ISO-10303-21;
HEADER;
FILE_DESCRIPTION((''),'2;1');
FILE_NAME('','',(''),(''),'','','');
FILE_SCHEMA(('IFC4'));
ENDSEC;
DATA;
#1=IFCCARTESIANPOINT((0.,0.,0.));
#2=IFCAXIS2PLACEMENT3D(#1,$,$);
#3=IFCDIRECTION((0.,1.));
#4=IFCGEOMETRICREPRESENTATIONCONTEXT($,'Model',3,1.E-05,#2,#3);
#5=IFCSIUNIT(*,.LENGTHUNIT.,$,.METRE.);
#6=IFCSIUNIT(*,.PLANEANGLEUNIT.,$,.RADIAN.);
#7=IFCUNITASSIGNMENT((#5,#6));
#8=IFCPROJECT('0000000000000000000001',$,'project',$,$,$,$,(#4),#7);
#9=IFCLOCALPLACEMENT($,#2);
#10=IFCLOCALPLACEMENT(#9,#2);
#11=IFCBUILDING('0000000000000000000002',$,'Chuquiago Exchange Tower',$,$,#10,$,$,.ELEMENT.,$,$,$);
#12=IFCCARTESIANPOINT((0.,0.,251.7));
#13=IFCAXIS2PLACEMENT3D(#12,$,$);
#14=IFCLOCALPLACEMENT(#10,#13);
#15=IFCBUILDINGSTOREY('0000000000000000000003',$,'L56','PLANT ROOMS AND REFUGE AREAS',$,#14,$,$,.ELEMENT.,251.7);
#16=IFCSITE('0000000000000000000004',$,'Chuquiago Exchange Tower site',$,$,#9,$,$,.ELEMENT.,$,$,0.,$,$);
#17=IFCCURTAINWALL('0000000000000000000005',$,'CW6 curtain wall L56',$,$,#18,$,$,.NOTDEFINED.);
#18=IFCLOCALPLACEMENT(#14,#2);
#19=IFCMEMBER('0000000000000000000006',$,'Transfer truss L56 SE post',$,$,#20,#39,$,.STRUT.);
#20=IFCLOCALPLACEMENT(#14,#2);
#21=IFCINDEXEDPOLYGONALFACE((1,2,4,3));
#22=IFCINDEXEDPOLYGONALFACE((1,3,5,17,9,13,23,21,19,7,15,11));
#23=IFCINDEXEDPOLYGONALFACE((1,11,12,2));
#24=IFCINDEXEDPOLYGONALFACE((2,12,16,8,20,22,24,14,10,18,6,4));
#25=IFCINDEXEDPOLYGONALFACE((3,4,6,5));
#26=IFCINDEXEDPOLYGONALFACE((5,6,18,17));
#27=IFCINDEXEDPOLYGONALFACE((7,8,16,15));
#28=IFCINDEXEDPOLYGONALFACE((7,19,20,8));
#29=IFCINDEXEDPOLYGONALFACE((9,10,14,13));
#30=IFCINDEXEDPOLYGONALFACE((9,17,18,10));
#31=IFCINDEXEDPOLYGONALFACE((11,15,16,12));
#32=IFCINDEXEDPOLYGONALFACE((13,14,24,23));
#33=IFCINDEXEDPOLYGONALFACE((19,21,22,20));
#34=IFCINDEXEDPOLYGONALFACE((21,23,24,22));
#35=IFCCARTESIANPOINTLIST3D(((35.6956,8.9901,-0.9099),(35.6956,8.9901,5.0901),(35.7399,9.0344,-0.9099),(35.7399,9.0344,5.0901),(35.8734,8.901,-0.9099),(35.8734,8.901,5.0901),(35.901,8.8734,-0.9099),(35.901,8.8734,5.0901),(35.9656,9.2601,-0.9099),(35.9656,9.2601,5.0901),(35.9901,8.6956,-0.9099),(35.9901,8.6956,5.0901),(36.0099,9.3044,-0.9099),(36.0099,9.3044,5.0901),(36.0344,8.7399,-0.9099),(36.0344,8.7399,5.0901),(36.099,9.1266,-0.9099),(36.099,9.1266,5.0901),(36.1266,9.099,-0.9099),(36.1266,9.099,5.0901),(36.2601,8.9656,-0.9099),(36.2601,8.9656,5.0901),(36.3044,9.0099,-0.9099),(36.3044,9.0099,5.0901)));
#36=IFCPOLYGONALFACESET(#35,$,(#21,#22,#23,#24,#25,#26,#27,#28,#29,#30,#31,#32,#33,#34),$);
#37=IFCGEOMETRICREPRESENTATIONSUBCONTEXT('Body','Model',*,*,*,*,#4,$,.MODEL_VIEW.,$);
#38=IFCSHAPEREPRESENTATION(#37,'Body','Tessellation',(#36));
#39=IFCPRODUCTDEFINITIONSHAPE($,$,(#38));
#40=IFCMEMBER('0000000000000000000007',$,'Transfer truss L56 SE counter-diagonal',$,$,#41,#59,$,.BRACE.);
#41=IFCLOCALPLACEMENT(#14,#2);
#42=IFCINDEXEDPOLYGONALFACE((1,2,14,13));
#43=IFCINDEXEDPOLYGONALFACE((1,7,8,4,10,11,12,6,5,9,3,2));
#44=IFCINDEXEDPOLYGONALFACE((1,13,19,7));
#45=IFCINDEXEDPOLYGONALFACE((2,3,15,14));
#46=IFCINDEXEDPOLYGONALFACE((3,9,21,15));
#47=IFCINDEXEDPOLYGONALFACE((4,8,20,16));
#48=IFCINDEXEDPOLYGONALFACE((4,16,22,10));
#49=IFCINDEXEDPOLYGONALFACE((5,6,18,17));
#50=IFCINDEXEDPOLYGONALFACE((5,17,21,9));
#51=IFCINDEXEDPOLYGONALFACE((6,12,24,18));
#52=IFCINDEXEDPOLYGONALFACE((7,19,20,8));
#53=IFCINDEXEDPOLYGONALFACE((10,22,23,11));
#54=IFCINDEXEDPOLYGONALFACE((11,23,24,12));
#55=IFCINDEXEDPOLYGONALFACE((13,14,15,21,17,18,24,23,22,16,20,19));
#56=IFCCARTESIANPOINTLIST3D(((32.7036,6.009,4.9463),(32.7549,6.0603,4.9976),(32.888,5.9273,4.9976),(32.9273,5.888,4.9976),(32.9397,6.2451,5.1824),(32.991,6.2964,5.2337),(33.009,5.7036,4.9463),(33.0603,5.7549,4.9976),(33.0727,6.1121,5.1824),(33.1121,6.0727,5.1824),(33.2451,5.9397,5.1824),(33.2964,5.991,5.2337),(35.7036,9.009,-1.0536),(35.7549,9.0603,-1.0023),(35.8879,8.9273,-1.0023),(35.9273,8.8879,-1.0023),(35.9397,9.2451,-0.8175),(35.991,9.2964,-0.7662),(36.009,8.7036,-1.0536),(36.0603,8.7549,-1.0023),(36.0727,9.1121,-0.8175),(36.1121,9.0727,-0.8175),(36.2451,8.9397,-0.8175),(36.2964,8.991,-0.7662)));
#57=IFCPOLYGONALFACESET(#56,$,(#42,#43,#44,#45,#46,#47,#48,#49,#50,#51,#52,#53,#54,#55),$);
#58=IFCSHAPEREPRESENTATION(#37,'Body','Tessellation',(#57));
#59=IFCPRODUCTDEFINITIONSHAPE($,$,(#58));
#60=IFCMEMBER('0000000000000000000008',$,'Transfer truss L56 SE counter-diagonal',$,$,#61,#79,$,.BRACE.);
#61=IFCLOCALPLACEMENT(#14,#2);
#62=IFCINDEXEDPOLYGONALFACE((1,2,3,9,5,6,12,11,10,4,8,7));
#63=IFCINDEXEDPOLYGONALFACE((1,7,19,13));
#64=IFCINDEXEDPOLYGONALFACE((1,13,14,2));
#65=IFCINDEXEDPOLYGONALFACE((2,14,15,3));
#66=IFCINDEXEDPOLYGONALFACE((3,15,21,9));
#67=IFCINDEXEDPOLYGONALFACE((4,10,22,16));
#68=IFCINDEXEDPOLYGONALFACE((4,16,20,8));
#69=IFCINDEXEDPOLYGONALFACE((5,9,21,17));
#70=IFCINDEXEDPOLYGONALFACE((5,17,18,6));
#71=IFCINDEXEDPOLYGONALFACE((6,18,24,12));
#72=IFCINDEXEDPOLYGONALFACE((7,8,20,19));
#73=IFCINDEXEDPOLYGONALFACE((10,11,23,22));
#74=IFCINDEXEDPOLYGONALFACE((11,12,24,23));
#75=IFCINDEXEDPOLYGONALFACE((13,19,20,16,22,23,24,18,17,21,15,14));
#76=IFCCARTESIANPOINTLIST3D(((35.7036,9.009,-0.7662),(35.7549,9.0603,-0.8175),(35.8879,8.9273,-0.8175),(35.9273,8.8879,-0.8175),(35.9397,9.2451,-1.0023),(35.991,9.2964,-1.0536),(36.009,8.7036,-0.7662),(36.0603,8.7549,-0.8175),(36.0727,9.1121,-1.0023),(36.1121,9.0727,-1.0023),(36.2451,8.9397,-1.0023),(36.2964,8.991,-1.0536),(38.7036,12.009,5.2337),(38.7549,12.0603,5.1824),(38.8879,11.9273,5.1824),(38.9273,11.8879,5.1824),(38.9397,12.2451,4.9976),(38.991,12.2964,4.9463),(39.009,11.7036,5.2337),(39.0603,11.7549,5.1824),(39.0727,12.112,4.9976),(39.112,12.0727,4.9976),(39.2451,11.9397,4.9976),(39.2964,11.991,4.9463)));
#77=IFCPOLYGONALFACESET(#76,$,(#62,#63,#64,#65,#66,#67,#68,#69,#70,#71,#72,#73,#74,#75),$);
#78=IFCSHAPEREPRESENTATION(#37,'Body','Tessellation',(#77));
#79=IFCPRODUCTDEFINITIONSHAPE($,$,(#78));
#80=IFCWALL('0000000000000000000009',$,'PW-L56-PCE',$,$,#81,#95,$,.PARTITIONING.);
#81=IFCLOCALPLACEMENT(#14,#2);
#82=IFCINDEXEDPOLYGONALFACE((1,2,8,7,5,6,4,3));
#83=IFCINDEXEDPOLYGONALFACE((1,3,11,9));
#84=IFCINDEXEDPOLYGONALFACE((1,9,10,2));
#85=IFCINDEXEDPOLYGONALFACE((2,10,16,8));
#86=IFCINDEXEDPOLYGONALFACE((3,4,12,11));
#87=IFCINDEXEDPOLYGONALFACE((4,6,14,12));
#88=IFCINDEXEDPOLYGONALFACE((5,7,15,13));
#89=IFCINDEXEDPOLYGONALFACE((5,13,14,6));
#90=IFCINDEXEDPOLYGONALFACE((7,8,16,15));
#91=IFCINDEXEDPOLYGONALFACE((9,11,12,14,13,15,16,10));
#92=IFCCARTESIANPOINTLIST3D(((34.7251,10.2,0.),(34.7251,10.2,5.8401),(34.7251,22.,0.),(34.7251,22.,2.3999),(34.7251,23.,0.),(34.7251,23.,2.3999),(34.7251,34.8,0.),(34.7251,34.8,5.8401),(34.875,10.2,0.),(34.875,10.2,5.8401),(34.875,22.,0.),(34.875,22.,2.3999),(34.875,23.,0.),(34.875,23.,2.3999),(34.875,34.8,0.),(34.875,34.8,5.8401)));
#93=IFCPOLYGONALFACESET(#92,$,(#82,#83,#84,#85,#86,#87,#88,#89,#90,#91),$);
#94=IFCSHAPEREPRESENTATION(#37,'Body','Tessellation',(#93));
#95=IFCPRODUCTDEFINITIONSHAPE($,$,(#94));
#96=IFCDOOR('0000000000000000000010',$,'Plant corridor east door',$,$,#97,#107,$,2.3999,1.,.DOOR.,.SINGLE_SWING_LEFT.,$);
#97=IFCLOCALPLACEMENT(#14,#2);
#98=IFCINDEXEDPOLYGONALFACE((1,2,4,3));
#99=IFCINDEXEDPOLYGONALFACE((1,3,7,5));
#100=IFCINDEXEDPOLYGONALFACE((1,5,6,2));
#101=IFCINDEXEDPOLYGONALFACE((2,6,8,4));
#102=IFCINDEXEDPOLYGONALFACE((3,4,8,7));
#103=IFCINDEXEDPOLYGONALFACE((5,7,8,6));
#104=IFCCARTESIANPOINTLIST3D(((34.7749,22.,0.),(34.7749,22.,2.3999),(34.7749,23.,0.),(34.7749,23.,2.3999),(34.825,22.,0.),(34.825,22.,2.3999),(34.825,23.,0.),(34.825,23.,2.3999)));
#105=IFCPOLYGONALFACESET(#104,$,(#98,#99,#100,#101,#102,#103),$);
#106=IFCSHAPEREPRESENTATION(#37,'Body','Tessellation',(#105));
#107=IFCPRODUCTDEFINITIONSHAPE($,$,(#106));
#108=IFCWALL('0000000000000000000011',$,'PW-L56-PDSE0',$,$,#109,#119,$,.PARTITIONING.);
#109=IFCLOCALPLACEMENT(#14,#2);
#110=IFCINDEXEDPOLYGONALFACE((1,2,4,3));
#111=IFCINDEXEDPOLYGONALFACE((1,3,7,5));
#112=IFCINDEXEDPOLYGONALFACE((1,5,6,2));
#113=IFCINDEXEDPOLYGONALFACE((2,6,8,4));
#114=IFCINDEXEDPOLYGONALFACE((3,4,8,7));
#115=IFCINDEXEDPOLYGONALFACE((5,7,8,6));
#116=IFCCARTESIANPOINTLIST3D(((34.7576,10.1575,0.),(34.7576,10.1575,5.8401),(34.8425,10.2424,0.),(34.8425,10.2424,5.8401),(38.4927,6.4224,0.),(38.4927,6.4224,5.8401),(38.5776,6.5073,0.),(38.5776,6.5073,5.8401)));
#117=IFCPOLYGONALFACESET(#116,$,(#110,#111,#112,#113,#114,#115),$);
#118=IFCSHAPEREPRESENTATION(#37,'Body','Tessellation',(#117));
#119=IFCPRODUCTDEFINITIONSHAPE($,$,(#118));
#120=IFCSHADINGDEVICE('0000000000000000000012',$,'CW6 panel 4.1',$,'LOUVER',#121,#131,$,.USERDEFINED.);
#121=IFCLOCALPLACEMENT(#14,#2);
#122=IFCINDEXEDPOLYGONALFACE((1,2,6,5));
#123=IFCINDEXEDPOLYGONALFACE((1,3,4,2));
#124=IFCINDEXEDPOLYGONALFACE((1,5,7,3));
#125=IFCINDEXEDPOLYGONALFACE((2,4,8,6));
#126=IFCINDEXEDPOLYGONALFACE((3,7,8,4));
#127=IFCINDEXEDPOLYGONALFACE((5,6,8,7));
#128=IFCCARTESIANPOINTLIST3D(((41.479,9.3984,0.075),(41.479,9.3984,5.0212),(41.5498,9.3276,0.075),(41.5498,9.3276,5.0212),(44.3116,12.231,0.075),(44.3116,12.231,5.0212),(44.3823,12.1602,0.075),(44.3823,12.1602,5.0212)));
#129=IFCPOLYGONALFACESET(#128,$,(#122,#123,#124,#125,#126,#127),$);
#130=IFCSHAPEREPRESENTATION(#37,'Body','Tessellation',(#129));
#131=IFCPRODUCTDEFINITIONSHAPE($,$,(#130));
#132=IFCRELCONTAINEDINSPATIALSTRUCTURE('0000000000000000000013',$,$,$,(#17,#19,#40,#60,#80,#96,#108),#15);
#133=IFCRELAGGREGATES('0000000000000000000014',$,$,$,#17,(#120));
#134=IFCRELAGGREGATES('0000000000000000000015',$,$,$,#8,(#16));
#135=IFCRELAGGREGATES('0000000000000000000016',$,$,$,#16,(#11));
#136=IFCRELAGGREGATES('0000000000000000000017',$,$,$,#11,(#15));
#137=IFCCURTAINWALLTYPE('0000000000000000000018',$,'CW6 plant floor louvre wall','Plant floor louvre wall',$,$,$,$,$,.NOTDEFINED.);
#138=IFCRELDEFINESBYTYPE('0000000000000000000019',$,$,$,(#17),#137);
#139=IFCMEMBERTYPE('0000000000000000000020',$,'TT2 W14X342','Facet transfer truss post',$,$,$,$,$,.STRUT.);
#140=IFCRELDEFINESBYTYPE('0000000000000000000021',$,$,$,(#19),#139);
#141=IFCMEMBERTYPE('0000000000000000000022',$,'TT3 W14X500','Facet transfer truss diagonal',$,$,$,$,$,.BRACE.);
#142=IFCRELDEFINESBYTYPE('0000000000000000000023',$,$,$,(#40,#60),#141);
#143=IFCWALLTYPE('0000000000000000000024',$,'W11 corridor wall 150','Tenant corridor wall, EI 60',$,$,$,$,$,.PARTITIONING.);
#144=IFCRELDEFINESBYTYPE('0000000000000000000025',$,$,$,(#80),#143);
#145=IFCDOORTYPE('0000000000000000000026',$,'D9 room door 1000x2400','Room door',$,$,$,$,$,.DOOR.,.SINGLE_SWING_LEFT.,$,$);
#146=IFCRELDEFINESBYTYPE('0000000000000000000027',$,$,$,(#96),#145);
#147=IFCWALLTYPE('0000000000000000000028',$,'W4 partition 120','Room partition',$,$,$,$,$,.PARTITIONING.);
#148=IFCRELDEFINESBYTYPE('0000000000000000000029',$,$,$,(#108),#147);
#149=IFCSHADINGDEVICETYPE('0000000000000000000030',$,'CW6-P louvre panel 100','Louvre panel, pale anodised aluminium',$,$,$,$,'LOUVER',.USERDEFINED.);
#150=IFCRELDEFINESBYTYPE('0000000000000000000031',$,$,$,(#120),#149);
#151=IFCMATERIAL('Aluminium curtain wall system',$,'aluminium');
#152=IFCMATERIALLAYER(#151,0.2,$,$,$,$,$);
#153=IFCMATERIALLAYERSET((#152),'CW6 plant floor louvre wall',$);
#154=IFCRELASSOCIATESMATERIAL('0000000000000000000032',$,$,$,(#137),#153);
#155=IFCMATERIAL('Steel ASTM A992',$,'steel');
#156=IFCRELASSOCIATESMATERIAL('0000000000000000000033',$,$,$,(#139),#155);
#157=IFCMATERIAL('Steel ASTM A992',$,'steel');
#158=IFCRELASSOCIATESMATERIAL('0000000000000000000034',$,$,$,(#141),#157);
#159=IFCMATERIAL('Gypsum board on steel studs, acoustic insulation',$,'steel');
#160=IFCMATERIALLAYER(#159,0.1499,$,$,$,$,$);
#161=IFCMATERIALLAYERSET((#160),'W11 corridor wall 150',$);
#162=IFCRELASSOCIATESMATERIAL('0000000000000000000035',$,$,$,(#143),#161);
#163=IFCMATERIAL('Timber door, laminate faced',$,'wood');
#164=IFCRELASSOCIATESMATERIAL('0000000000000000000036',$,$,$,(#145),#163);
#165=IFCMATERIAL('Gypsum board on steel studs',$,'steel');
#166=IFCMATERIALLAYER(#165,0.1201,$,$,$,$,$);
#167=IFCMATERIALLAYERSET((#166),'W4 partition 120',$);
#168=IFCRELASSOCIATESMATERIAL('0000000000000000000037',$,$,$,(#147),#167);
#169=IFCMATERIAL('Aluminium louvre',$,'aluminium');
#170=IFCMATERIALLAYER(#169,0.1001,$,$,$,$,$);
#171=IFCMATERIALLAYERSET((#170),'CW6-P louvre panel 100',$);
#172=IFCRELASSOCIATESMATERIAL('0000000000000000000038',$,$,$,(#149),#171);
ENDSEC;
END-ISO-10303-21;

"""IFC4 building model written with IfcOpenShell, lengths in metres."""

from ifc_helpers import new_model, si_unit, direction, frame, frame_2d, origin, origin_2d, place, context, subcontext, project, spatial, rectangle, i_section, extrude, material, layer, layer_set, material_profile, profile_set, type_object, element, fill, aggregate, save


model = new_model("IFC4")

# Units and contexts
model_context = context("Model", 3, precision=1e-05, world=origin(), true_north=direction((0.0, 1.0)))
body_context = subcontext(model_context, "Body", "Model", "MODEL_VIEW")
ifc_project = project(units=[si_unit("LENGTHUNIT", "METRE"), si_unit("PLANEANGLEUNIT", "RADIAN")], contexts=[model_context])

# Site, building, storey
site_placement = place(None, origin())
site = spatial("IfcSite", under=ifc_project, at=site_placement, Name="Chuquiago Exchange Tower site", CompositionType="ELEMENT", RefElevation=0.0)
building_placement = place(site_placement, origin())
building = spatial("IfcBuilding", under=site, at=building_placement, Name="Chuquiago Exchange Tower", CompositionType="ELEMENT")
storey_placement = place(building_placement, frame((0.0, 0.0, 251.7)))
storey = spatial("IfcBuildingStorey", under=building, at=storey_placement, Name="L56", Description="PLANT ROOMS AND REFUGE AREAS", CompositionType="ELEMENT", Elevation=251.7)

# Curtain wall
ifc_material_1 = material(Name="Aluminium curtain wall system", Category="aluminium")
ifc_layer_1 = layer(ifc_material_1, 0.2)
ifc_layer_set_1 = layer_set([ifc_layer_1], Name="CW6 plant floor louvre wall")
curtain_wall_type = type_object("IfcCurtainWallType", Name="CW6 plant floor louvre wall", Description="Plant floor louvre wall", PredefinedType="NOTDEFINED", material=ifc_layer_set_1)
curtain_wall_placement = place(storey_placement, origin())
curtain_wall = element("IfcCurtainWall", 1, at=curtain_wall_placement, inside=storey, type_object=curtain_wall_type, Name="CW6 curtain wall L56", PredefinedType="NOTDEFINED")

# Members
ifc_material_2 = material(Name="Steel ASTM A992", Category="steel")
ifc_material_profile_1 = material_profile(ifc_material_2, i_section(OverallWidth=0.4165, OverallDepth=0.4446, WebThickness=0.0391, FlangeThickness=0.0627, at=origin_2d()), Name="W14X342")
ifc_profile_set_1 = profile_set([ifc_material_profile_1], Name="Steel ASTM A992")
member_type_1 = type_object("IfcMemberType", Name="TT2 W14X342", Description="Facet transfer truss post", PredefinedType="STRUT", material=ifc_profile_set_1)
member_1_placement = place(storey_placement, frame((36.0, 9.0, -0.9099), z_axis=(0.0, 0.0, 1.0), x_axis=(0.707107, -0.707107, 0.0)))
element("IfcMember", 2, at=member_1_placement, inside=storey, type_object=member_type_1, Name="Transfer truss L56 SE post", PredefinedType="STRUT", context=body_context, shape_type="SweptSolid", body=[
    extrude(i_section(OverallWidth=0.4165, OverallDepth=0.4446, WebThickness=0.0391, FlangeThickness=0.0627, at=origin_2d()), origin(), (0.0, 0.0, 1.0), 6.0),
])
ifc_material_3 = material(Name="Steel ASTM A992", Category="steel")
ifc_material_profile_2 = material_profile(ifc_material_3, i_section(OverallWidth=0.4319, OverallDepth=0.4978, WebThickness=0.0557, FlangeThickness=0.0889, at=origin_2d()), Name="W14X500")
ifc_profile_set_2 = profile_set([ifc_material_profile_2], Name="Steel ASTM A992")
member_type_2 = type_object("IfcMemberType", Name="TT3 W14X500", Description="Facet transfer truss diagonal", PredefinedType="BRACE", material=ifc_profile_set_2)
for number, where, z_axis, x_axis, name in (
    (3, (36.0, 9.0, -0.9099), (-0.408248, -0.408248, 0.816497), (0.707107, -0.707107, 0.0), "Transfer truss L56 SE counter-diagonal"),
    (4, (36.0, 9.0, -0.9099), (0.408248, 0.408248, 0.816497), (-0.707107, 0.707107, 0.0), "Transfer truss L56 SE counter-diagonal"),
):
    element("IfcMember", number, at=place(storey_placement, frame(where, z_axis=z_axis, x_axis=x_axis)), inside=storey, type_object=member_type_2, Name=name, PredefinedType="BRACE", context=body_context, shape_type="SweptSolid", body=[
        extrude(i_section(OverallWidth=0.4319, OverallDepth=0.4978, WebThickness=0.0557, FlangeThickness=0.0889, at=origin_2d()), origin(), (0.0, 0.0, 1.0), 7.3484),
    ])

# Wall, opening, door
ifc_material_4 = material(Name="Gypsum board on steel studs, acoustic insulation", Category="steel")
ifc_layer_2 = layer(ifc_material_4, 0.1499)
ifc_layer_set_2 = layer_set([ifc_layer_2], Name="W11 corridor wall 150")
wall_type_1 = type_object("IfcWallType", Name="W11 corridor wall 150", Description="Tenant corridor wall, EI 60", PredefinedType="PARTITIONING", material=ifc_layer_set_2)
wall_1_placement = place(storey_placement, frame((34.8, 10.2, 0.0), z_axis=(0.0, 0.0, 1.0), x_axis=(0.0, 1.0, 0.0)))
wall_1 = element("IfcWall", 5, at=wall_1_placement, inside=storey, type_object=wall_type_1, Name="PW-L56-PCE", PredefinedType="PARTITIONING", context=body_context, shape_type="SweptSolid", body=[
    extrude(rectangle(XDim=24.6001, YDim=0.1499, at=frame_2d((12.3, 0.0))), origin(), (0.0, 0.0, 1.0), 5.8401),
])
opening_placement = place(wall_1_placement, frame((11.8, 0.0, 0.0)))
opening = element("IfcOpeningElement", 6, at=opening_placement, cuts=wall_1, PredefinedType="OPENING", context=body_context, shape_type="SweptSolid", body=[
    extrude(rectangle(XDim=1.0, YDim=2.3999, at=frame_2d((0.5, 1.2))), frame((0.0, 0.085, 0.0), z_axis=(0.0, -1.0, 0.0), x_axis=(1.0, 0.0, 0.0)), (0.0, 0.0, 1.0), 0.1699),
])
ifc_material_5 = material(Name="Timber door, laminate faced", Category="wood")
door_type = type_object("IfcDoorType", Name="D9 room door 1000x2400", Description="Room door", OperationType="SINGLE_SWING_LEFT", PredefinedType="DOOR", material=ifc_material_5)
door_placement = place(opening_placement, frame((1.0, 0.0, 0.0), z_axis=(0.0, 0.0, 1.0), x_axis=(-1.0, 0.0, 0.0)))
door = element("IfcDoor", 7, at=door_placement, inside=storey, type_object=door_type, Name="Plant corridor east door", OperationType="SINGLE_SWING_LEFT", OverallHeight=2.3999, OverallWidth=1.0, PredefinedType="DOOR", context=body_context, shape_type="SweptSolid", body=[
    extrude(rectangle(XDim=1.0, YDim=2.3999, at=frame_2d((0.5, 1.2))), frame((0.0, 0.0249, 0.0), z_axis=(0.0, -1.0, 0.0), x_axis=(1.0, 0.0, 0.0)), (0.0, 0.0, 1.0), 0.05),
])
fill(opening, door)

# Wall
ifc_material_6 = material(Name="Gypsum board on steel studs", Category="steel")
ifc_layer_3 = layer(ifc_material_6, 0.1201)
ifc_layer_set_3 = layer_set([ifc_layer_3], Name="W4 partition 120")
wall_type_2 = type_object("IfcWallType", Name="W4 partition 120", Description="Room partition", PredefinedType="PARTITIONING", material=ifc_layer_set_3)
wall_2_placement = place(storey_placement, frame((34.8, 10.2, 0.0), z_axis=(0.0, 0.0, 1.0), x_axis=(0.707107, -0.707107, 0.0)))
element("IfcWall", 8, at=wall_2_placement, inside=storey, type_object=wall_type_2, Name="PW-L56-PDSE0", PredefinedType="PARTITIONING", context=body_context, shape_type="SweptSolid", body=[
    extrude(rectangle(XDim=5.2822, YDim=0.1201, at=frame_2d((2.6411, 0.0))), origin(), (0.0, 0.0, 1.0), 5.8401),
])

# Shading device
ifc_material_7 = material(Name="Aluminium louvre", Category="aluminium")
ifc_layer_4 = layer(ifc_material_7, 0.1001)
ifc_layer_set_4 = layer_set([ifc_layer_4], Name="CW6-P louvre panel 100")
shading_device_type = type_object("IfcShadingDeviceType", Name="CW6-P louvre panel 100", Description="Louvre panel, pale anodised aluminium", ElementType="LOUVER", PredefinedType="USERDEFINED", material=ifc_layer_set_4)
shading_device_placement = place(storey_placement, frame((42.9307, 10.7793, 0.075), z_axis=(0.0, 0.0, 1.0), x_axis=(0.707107, 0.707107, 0.0)))
shading_device = element("IfcShadingDevice", 9, at=shading_device_placement, type_object=shading_device_type, Name="CW6 panel 4.1", ObjectType="LOUVER", PredefinedType="USERDEFINED", context=body_context, shape_type="SweptSolid", body=[
    extrude(rectangle(XDim=4.0059, YDim=0.1001, at=origin_2d()), origin(), (0.0, 0.0, 1.0), 4.9463),
])
aggregate(curtain_wall, [shading_device])

save(model, "model.ifc")
